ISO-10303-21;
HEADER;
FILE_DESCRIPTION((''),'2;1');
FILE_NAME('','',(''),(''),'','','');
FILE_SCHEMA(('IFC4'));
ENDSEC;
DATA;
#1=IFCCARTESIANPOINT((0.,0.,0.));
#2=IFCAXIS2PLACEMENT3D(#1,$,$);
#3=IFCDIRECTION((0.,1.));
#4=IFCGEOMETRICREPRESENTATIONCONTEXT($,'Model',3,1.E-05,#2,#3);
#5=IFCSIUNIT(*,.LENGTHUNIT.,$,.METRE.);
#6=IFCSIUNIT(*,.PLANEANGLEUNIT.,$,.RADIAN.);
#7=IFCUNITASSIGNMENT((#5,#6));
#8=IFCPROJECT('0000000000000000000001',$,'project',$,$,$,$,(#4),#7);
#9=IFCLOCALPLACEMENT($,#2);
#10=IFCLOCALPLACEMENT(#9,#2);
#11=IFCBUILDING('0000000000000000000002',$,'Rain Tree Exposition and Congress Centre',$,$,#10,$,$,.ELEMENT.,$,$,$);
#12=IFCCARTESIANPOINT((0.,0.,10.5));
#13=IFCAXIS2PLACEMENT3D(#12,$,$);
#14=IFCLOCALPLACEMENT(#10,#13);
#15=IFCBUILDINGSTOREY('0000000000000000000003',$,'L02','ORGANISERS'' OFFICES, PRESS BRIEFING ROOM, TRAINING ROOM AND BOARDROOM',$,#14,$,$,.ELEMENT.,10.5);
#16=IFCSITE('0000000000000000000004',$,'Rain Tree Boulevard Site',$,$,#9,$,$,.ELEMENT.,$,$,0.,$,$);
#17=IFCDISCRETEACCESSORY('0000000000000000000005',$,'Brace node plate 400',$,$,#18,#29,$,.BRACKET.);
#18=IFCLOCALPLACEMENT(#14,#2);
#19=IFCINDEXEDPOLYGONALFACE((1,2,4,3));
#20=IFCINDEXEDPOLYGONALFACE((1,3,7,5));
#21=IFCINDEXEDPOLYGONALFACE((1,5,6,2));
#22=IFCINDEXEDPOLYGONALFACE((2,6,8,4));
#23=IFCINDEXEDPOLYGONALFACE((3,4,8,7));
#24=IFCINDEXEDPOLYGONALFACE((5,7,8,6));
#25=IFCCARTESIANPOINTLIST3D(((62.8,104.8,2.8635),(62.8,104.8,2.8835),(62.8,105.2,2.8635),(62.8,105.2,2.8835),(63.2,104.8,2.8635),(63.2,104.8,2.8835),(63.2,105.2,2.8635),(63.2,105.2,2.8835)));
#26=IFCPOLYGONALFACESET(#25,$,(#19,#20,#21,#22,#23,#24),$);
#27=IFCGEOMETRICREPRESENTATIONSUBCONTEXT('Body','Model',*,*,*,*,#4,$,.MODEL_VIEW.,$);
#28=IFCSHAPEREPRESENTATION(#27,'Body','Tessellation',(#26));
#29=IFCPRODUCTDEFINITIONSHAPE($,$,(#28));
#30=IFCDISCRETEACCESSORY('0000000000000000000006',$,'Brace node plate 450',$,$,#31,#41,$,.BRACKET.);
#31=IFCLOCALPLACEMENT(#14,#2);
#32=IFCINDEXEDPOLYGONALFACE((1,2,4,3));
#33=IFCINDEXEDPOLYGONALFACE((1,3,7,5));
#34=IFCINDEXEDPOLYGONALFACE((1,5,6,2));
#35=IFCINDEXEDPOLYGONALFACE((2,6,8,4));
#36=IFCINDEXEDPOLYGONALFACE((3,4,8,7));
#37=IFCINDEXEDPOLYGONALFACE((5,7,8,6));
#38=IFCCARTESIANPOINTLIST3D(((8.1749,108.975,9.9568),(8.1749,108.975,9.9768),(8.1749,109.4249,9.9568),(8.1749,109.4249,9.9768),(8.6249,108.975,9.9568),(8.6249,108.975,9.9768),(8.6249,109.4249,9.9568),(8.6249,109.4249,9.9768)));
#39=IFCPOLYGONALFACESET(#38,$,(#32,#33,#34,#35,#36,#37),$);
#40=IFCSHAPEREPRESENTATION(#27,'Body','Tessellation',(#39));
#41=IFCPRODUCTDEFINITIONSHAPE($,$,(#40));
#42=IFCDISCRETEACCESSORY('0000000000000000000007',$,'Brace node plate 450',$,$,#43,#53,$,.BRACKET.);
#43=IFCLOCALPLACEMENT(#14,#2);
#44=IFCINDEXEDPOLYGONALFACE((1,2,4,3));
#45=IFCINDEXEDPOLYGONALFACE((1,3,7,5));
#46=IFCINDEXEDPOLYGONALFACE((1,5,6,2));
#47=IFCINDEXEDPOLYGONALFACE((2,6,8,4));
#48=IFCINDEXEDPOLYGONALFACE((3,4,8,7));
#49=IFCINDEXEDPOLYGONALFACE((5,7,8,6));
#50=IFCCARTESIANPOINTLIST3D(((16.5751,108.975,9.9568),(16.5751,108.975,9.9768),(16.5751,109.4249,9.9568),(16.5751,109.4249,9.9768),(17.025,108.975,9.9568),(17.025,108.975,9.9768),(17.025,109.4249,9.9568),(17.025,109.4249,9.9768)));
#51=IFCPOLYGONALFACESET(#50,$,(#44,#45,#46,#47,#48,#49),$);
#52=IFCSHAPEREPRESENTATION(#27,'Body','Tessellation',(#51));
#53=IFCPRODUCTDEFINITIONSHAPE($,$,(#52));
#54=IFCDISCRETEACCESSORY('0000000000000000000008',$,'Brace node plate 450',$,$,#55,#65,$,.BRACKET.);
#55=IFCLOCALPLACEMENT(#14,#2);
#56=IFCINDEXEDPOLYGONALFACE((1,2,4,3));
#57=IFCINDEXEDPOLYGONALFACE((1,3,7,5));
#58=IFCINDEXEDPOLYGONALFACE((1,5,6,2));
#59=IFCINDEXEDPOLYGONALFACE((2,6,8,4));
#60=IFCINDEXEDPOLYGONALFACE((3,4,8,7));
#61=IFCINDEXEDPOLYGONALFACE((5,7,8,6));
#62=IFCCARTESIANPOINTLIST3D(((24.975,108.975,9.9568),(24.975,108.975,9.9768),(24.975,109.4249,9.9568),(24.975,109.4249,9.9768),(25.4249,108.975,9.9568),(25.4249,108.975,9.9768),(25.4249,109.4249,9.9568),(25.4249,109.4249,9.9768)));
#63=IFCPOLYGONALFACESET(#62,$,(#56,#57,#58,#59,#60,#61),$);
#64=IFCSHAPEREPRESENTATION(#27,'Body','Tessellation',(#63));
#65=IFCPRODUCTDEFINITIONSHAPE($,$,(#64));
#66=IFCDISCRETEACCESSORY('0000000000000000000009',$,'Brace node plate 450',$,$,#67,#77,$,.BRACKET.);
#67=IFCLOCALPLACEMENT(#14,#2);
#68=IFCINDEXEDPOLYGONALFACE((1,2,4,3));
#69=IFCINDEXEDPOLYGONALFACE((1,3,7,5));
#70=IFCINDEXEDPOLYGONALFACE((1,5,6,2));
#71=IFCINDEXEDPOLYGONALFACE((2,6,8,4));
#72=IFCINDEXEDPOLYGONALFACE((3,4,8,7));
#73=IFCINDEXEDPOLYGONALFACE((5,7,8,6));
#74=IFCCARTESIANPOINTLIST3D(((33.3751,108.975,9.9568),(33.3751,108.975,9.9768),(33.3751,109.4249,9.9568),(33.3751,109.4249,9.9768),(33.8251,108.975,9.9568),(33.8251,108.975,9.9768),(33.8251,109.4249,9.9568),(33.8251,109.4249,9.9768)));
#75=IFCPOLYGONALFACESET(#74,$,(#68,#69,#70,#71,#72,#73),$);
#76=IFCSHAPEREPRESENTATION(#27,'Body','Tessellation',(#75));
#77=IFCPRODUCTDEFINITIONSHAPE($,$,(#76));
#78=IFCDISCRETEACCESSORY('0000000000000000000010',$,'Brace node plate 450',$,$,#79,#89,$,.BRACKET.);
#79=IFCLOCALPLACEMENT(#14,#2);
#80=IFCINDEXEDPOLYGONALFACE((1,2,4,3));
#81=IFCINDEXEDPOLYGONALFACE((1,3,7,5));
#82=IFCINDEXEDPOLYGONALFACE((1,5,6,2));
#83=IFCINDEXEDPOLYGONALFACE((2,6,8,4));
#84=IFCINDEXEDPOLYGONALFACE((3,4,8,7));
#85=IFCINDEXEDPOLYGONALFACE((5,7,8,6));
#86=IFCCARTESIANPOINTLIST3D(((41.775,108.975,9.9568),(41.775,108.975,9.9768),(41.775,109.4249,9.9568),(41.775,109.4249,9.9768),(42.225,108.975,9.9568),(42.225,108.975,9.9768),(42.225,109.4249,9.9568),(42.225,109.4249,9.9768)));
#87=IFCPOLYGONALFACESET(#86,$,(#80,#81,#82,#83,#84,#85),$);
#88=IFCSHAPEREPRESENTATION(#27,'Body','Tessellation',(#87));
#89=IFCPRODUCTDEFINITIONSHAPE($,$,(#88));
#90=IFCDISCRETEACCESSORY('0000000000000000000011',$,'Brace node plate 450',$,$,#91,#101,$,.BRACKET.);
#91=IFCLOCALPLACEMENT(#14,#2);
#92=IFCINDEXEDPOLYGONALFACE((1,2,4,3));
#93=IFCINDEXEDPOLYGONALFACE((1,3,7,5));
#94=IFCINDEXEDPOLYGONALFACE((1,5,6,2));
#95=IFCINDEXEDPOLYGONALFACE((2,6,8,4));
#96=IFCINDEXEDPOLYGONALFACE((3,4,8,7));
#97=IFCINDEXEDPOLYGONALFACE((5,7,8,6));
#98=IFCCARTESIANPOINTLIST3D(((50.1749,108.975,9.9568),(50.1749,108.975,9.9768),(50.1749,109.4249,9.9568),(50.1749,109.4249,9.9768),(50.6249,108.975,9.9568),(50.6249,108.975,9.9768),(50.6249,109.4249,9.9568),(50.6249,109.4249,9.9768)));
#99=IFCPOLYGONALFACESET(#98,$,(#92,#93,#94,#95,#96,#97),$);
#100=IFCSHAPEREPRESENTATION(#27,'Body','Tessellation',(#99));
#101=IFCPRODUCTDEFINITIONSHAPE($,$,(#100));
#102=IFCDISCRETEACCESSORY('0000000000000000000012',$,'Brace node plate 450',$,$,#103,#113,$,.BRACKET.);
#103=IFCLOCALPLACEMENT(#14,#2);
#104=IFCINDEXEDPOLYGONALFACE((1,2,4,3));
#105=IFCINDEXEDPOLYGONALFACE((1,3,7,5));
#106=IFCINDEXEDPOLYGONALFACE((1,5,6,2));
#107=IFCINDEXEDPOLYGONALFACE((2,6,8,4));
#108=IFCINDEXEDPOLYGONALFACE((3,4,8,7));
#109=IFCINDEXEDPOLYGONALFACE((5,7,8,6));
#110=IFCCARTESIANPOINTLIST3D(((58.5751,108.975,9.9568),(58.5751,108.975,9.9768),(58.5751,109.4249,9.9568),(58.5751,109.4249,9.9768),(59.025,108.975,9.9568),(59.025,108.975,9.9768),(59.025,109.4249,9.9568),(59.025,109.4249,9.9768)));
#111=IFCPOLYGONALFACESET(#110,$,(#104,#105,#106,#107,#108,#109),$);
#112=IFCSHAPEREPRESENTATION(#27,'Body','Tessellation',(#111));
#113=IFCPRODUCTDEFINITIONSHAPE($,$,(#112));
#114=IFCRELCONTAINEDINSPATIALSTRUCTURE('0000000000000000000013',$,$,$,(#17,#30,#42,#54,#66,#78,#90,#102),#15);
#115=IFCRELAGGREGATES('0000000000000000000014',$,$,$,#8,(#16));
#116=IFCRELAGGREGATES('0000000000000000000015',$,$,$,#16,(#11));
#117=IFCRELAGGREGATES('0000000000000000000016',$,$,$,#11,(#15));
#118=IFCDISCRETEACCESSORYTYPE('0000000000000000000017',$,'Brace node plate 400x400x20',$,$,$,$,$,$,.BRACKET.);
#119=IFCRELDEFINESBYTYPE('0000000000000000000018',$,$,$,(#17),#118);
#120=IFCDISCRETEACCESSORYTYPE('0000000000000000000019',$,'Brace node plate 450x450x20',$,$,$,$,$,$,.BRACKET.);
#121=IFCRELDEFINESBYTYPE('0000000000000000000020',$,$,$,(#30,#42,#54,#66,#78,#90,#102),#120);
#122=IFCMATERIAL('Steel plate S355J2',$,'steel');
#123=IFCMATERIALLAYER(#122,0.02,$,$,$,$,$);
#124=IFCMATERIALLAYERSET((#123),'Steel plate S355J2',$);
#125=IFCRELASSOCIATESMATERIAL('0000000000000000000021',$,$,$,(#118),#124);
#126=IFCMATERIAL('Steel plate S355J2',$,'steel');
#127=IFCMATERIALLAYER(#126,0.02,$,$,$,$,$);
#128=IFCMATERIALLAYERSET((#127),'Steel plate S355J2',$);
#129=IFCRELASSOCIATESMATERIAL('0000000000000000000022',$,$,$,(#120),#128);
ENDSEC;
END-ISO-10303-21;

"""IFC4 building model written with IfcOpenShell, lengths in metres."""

from ifc_helpers import new_model, si_unit, direction, frame, origin, origin_2d, place, context, subcontext, project, spatial, rectangle, extrude, material, layer, layer_set, type_object, element, save


model = new_model("IFC4")

# Units and contexts
model_context = context("Model", 3, precision=1e-05, world=origin(), true_north=direction((0.0, 1.0)))
body_context = subcontext(model_context, "Body", "Model", "MODEL_VIEW")
ifc_project = project(units=[si_unit("LENGTHUNIT", "METRE"), si_unit("PLANEANGLEUNIT", "RADIAN")], contexts=[model_context])

# Site, building, storey
site_placement = place(None, origin())
site = spatial("IfcSite", under=ifc_project, at=site_placement, Name="Rain Tree Boulevard Site", CompositionType="ELEMENT", RefElevation=0.0)
building_placement = place(site_placement, origin())
building = spatial("IfcBuilding", under=site, at=building_placement, Name="Rain Tree Exposition and Congress Centre", CompositionType="ELEMENT")
storey_placement = place(building_placement, frame((0.0, 0.0, 10.5)))
storey = spatial("IfcBuildingStorey", under=building, at=storey_placement, Name="L02", Description="ORGANISERS' OFFICES, PRESS BRIEFING ROOM, TRAINING ROOM AND BOARDROOM", CompositionType="ELEMENT", Elevation=10.5)

# Discrete accessories
ifc_material_1 = material(Name="Steel plate S355J2", Category="steel")
ifc_layer_1 = layer(ifc_material_1, 0.02)
ifc_layer_set_1 = layer_set([ifc_layer_1], Name="Steel plate S355J2")
discrete_accessory_type_1 = type_object("IfcDiscreteAccessoryType", Name="Brace node plate 400x400x20", PredefinedType="BRACKET", material=ifc_layer_set_1)
for number, where, z_axis, x_axis, name in (
    (1, (63.0, 105.0, 2.8635), (0.0, 0.0, 1.0), (1.0, 0.0, 0.0), "Brace node plate 400"),
):
    element("IfcDiscreteAccessory", number, at=place(storey_placement, frame(where, z_axis=z_axis, x_axis=x_axis)), inside=storey, type_object=discrete_accessory_type_1, Name=name, PredefinedType="BRACKET", context=body_context, shape_type="SweptSolid", body=[
        extrude(rectangle(XDim=0.3999, YDim=0.3999, at=origin_2d()), origin(), (0.0, 0.0, 1.0), 0.02),
    ])
ifc_material_2 = material(Name="Steel plate S355J2", Category="steel")
ifc_layer_2 = layer(ifc_material_2, 0.02)
ifc_layer_set_2 = layer_set([ifc_layer_2], Name="Steel plate S355J2")
discrete_accessory_type_2 = type_object("IfcDiscreteAccessoryType", Name="Brace node plate 450x450x20", PredefinedType="BRACKET", material=ifc_layer_set_2)
for number, where, z_axis, x_axis, name in (
    (2, (8.3999, 109.2, 9.9568), (0.0, 0.0, 1.0), (1.0, 0.0, 0.0), "Brace node plate 450"),
    (3, (16.8, 109.2, 9.9568), (0.0, 0.0, 1.0), (1.0, 0.0, 0.0), "Brace node plate 450"),
    (4, (25.2, 109.2, 9.9568), (0.0, 0.0, 1.0), (1.0, 0.0, 0.0), "Brace node plate 450"),
    (5, (33.6001, 109.2, 9.9568), (0.0, 0.0, 1.0), (1.0, 0.0, 0.0), "Brace node plate 450"),
    (6, (42.0, 109.2, 9.9568), (0.0, 0.0, 1.0), (1.0, 0.0, 0.0), "Brace node plate 450"),
    (7, (50.3999, 109.2, 9.9568), (0.0, 0.0, 1.0), (1.0, 0.0, 0.0), "Brace node plate 450"),
    (8, (58.8, 109.2, 9.9568), (0.0, 0.0, 1.0), (1.0, 0.0, 0.0), "Brace node plate 450"),
):
    element("IfcDiscreteAccessory", number, at=place(storey_placement, frame(where, z_axis=z_axis, x_axis=x_axis)), inside=storey, type_object=discrete_accessory_type_2, Name=name, PredefinedType="BRACKET", context=body_context, shape_type="SweptSolid", body=[
        extrude(rectangle(XDim=0.45, YDim=0.45, at=origin_2d()), origin(), (0.0, 0.0, 1.0), 0.02),
    ])

save(model, "model.ifc")
